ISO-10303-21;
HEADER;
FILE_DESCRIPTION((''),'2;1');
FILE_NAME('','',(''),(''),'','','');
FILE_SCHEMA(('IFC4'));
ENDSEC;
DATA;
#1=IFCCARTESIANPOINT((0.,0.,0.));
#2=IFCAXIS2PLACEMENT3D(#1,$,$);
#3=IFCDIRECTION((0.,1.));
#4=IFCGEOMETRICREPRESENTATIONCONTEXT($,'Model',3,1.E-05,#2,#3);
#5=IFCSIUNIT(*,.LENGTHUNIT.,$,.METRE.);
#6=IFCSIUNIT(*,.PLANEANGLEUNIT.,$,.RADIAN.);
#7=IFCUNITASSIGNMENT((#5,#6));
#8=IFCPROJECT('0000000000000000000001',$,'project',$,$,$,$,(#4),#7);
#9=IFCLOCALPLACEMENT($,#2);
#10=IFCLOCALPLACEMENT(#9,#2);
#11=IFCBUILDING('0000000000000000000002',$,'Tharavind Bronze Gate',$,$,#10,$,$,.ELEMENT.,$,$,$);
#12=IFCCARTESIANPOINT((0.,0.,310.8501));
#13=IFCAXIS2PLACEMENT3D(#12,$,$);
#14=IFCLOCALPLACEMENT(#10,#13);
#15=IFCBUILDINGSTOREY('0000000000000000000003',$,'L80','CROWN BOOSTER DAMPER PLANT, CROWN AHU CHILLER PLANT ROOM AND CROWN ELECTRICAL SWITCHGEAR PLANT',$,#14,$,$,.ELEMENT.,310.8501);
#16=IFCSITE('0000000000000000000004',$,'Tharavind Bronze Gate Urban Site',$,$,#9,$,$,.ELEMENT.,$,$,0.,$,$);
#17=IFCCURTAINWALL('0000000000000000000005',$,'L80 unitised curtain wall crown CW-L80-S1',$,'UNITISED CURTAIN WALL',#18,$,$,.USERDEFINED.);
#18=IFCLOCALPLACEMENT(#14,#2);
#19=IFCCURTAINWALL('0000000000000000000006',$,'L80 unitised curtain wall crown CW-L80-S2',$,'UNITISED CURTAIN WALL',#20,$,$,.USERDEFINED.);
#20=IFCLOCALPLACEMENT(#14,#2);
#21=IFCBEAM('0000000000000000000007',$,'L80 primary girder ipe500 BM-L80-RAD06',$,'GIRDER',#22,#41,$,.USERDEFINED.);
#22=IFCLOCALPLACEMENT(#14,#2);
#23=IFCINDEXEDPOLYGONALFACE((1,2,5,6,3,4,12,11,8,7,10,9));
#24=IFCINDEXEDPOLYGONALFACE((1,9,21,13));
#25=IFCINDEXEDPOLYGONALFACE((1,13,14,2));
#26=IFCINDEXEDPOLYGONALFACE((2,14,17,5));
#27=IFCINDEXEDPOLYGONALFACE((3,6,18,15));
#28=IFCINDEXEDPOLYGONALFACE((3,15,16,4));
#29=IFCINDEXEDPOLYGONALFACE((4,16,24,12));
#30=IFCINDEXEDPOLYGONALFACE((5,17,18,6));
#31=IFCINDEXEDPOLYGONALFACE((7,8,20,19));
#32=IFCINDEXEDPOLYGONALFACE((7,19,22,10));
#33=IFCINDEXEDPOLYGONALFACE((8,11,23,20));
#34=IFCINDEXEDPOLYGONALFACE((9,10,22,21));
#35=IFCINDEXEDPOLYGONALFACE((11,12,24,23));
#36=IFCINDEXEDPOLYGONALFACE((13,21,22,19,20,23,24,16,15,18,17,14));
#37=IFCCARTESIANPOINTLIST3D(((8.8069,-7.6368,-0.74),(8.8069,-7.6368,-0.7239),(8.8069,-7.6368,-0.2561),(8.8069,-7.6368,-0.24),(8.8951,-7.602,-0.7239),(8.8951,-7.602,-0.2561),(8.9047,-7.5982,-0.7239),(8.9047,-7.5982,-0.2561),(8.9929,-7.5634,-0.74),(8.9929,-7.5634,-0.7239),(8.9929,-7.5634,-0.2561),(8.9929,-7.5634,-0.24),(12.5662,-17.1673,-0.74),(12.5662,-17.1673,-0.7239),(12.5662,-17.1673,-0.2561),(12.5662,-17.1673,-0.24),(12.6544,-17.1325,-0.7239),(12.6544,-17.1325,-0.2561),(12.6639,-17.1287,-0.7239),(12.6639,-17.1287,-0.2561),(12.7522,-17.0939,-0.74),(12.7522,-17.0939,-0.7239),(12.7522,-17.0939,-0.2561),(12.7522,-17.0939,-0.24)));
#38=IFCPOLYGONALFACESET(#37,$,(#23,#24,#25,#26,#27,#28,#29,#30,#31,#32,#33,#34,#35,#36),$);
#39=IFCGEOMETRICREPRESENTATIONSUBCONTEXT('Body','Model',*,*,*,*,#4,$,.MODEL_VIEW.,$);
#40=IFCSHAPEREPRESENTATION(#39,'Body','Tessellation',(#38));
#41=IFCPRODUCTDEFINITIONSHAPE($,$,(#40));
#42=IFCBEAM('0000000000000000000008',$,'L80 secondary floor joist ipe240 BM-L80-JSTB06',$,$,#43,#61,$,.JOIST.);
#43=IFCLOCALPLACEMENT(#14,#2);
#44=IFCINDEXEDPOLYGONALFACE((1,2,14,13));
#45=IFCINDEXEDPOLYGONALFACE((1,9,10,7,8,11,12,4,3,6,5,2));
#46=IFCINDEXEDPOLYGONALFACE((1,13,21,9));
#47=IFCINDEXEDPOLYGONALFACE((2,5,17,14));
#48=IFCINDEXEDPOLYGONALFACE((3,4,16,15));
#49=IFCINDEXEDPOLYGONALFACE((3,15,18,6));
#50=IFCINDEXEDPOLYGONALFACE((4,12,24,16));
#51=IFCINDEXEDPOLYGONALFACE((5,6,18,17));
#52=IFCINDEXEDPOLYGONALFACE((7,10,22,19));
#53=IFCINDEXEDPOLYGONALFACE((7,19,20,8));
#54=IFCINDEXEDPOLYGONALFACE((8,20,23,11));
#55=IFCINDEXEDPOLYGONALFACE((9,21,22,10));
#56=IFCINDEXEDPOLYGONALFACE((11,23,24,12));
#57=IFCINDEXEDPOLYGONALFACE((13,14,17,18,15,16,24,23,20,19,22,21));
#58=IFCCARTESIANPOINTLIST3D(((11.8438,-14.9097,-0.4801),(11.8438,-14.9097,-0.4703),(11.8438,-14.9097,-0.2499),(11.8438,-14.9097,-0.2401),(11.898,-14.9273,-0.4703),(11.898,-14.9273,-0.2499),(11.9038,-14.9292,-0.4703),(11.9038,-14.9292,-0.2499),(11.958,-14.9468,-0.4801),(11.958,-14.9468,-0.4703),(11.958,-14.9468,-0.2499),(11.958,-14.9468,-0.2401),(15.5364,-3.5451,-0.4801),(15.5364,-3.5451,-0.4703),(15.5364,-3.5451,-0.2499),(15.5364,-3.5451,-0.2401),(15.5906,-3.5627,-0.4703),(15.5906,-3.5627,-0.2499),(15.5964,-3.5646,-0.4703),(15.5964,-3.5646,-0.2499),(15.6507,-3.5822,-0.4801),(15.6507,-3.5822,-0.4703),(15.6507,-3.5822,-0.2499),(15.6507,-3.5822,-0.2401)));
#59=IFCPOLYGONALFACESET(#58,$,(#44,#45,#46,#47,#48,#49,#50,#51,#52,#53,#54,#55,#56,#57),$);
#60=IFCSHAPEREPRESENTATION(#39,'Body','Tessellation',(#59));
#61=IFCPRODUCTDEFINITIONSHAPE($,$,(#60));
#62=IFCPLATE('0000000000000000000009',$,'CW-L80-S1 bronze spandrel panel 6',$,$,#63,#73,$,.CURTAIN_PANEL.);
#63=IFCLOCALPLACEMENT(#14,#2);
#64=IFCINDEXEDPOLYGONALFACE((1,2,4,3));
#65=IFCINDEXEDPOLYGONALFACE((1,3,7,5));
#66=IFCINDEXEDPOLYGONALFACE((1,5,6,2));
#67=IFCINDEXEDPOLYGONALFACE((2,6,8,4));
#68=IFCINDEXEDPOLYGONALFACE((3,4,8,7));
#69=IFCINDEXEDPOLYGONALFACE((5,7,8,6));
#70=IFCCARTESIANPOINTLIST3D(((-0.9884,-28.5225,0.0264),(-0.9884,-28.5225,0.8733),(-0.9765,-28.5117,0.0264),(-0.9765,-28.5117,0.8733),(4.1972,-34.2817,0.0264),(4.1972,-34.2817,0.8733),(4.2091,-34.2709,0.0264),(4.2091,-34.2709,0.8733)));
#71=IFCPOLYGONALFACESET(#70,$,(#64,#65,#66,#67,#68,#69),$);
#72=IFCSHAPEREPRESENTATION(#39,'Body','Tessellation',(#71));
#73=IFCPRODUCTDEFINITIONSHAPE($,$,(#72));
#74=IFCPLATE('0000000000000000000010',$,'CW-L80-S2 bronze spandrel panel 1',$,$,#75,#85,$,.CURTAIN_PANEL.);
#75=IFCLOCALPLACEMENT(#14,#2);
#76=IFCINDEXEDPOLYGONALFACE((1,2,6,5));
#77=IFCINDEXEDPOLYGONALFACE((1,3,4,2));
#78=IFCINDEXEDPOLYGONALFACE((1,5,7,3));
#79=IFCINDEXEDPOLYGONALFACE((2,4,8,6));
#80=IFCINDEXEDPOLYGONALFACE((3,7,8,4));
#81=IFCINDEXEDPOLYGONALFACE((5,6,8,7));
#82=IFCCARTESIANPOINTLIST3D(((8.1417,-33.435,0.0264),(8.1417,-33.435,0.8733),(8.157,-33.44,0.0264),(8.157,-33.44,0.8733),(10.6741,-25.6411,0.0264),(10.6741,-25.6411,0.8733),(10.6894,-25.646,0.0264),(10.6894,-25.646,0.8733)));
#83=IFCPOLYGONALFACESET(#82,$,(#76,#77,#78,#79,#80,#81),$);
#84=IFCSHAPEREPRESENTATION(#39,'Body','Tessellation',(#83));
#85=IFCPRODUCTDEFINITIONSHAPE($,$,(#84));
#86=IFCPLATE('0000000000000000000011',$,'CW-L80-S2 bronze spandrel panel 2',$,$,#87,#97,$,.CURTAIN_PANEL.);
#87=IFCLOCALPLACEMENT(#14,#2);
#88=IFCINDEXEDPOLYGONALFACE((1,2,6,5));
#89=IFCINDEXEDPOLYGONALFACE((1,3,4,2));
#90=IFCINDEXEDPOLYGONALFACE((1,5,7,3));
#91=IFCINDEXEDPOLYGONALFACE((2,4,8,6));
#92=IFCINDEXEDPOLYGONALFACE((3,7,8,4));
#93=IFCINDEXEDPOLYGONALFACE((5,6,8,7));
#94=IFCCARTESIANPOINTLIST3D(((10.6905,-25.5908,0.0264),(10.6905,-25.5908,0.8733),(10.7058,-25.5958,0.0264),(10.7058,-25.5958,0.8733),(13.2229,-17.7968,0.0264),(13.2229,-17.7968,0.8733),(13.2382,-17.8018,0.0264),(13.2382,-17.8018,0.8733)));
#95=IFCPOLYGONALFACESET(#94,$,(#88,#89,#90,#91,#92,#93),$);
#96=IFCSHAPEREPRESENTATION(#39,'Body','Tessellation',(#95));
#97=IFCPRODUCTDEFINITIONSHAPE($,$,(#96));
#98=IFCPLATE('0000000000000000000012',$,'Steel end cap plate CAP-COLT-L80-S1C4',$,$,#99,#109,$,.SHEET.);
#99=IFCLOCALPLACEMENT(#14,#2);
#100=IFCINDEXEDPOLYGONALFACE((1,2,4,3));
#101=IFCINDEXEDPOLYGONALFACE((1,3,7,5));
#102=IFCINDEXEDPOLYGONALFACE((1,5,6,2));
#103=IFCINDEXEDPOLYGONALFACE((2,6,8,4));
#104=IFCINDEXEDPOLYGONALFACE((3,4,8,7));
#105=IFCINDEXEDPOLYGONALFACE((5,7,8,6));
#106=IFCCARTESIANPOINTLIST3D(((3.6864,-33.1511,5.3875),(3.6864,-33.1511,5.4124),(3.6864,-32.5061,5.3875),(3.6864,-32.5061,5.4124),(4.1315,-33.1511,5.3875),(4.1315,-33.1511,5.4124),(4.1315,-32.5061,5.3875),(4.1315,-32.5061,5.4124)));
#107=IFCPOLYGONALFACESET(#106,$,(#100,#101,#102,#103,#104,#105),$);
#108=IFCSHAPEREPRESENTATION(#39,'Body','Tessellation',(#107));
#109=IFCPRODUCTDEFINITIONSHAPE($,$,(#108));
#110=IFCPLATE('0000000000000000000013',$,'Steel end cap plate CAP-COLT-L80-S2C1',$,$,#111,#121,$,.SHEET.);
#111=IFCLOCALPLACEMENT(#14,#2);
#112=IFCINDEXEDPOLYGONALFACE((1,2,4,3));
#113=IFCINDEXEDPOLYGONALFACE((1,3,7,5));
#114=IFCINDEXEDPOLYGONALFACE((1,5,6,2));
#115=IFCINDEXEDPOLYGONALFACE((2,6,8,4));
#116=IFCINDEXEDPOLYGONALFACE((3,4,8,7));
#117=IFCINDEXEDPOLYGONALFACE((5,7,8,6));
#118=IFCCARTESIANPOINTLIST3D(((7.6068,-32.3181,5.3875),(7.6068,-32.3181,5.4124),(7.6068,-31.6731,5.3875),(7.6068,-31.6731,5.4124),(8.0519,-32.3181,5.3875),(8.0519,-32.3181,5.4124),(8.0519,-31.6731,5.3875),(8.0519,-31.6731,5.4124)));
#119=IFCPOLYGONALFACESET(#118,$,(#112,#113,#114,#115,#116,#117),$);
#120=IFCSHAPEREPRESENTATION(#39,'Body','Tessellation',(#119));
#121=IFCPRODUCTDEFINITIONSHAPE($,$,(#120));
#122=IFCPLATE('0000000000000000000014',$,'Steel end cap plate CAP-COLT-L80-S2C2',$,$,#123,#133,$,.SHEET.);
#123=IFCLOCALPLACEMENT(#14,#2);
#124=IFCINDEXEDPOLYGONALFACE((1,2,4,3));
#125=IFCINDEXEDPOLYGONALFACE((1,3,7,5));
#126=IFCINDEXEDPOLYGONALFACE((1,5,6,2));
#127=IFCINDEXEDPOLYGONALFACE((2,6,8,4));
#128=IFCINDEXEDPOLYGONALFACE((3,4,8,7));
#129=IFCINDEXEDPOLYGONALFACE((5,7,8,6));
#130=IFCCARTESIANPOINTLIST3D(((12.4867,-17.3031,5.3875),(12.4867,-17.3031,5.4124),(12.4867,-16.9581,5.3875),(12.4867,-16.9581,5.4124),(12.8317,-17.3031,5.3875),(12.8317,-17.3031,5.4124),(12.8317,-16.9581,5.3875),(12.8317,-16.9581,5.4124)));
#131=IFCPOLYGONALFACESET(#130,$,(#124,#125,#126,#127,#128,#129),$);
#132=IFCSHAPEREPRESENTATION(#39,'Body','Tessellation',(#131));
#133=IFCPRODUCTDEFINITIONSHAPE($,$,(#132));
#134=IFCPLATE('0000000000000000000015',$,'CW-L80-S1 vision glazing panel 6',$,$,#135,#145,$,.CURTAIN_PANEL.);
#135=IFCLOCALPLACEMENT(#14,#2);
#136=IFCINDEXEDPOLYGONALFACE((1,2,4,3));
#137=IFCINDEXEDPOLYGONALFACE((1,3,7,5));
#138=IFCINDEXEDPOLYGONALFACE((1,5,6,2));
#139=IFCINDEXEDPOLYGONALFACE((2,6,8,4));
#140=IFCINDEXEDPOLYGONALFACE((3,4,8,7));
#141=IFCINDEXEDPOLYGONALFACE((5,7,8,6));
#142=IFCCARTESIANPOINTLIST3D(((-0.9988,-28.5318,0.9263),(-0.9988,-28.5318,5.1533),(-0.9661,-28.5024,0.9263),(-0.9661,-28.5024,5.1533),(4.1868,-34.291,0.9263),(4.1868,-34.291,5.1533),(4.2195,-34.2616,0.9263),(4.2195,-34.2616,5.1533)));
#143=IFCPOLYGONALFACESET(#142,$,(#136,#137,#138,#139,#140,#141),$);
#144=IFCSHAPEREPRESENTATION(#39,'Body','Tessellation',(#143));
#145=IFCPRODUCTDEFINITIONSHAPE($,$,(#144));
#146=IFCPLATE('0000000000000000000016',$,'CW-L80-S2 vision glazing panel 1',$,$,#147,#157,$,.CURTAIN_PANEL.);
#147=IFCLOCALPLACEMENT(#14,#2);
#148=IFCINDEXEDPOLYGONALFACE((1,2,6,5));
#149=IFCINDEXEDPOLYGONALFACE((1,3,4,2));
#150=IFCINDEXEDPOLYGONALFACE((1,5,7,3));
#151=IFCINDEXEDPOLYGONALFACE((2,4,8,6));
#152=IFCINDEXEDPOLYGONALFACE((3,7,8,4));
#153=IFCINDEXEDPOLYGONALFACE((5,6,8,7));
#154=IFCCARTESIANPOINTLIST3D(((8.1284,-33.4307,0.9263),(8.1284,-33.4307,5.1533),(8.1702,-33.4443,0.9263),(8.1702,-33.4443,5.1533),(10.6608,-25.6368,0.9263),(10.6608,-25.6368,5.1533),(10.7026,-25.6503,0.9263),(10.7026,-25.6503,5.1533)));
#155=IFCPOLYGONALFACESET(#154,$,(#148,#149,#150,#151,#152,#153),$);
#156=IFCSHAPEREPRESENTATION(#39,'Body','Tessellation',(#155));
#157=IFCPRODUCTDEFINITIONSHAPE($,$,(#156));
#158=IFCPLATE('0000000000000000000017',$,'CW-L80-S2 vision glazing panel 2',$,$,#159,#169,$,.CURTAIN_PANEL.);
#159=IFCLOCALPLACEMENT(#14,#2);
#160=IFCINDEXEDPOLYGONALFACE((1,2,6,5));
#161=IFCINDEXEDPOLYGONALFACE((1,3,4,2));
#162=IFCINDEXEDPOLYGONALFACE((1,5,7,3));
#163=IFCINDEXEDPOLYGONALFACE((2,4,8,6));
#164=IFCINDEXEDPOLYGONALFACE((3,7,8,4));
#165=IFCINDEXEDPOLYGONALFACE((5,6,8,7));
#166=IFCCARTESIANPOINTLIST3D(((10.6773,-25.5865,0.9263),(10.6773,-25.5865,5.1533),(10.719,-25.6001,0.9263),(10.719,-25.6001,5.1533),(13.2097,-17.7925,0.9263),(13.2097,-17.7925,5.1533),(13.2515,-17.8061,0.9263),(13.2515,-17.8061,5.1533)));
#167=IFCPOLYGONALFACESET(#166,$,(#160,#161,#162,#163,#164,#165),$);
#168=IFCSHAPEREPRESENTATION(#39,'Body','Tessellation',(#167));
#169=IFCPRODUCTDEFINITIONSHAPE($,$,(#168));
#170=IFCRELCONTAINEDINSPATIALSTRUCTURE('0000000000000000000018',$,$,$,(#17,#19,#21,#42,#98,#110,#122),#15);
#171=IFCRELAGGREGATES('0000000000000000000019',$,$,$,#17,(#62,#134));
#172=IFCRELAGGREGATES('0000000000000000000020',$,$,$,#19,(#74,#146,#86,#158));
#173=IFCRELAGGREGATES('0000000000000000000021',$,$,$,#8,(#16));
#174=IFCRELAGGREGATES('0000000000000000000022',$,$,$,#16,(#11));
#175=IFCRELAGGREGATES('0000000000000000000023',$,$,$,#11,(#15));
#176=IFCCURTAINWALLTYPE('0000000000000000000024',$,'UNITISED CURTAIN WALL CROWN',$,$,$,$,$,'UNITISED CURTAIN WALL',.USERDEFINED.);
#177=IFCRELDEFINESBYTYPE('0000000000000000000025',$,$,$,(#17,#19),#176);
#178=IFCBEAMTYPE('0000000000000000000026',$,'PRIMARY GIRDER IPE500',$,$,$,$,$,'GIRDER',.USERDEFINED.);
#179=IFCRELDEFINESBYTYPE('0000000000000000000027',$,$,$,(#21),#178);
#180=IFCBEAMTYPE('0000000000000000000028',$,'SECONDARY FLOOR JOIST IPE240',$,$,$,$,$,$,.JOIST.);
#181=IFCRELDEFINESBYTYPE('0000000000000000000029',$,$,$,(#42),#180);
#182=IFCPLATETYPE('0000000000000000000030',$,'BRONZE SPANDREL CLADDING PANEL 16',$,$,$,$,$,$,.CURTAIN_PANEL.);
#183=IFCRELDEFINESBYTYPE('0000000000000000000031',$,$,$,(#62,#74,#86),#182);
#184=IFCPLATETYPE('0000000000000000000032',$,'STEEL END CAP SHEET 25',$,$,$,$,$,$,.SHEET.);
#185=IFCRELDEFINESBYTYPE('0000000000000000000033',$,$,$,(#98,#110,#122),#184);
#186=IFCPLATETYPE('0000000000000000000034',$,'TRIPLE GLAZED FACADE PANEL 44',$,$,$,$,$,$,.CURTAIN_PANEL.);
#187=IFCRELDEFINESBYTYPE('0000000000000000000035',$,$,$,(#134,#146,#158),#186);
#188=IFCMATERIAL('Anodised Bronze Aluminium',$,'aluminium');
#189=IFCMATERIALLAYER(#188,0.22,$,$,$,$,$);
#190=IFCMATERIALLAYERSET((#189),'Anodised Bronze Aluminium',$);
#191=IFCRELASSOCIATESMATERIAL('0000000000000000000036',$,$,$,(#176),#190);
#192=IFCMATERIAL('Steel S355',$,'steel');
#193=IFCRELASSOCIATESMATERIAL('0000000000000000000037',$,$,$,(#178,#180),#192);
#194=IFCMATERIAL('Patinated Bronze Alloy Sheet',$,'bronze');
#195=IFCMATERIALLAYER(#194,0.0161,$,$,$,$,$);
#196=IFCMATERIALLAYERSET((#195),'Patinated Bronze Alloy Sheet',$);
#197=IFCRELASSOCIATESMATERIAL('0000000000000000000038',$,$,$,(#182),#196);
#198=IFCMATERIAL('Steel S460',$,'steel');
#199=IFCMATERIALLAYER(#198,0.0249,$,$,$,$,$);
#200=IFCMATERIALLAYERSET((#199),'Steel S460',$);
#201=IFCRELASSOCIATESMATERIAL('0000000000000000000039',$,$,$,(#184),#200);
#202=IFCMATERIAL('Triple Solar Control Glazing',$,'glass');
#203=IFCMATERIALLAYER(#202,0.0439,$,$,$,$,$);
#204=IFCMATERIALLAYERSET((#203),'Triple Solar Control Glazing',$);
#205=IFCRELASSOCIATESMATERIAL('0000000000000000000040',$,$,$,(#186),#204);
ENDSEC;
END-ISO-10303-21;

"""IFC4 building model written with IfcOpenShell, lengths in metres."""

from ifc_helpers import new_model, si_unit, direction, frame, origin, origin_2d, place, context, subcontext, project, spatial, rectangle, i_section, extrude, material, layer, layer_set, material_profile, profile_set, type_object, element, aggregate, save


model = new_model("IFC4")

# Units and contexts
model_context = context("Model", 3, precision=1e-05, world=origin(), true_north=direction((0.0, 1.0)))
body_context = subcontext(model_context, "Body", "Model", "MODEL_VIEW")
ifc_project = project(units=[si_unit("LENGTHUNIT", "METRE"), si_unit("PLANEANGLEUNIT", "RADIAN")], contexts=[model_context])

# Site, building, storey
site_placement = place(None, origin())
site = spatial("IfcSite", under=ifc_project, at=site_placement, Name="Tharavind Bronze Gate Urban Site", CompositionType="ELEMENT", RefElevation=0.0)
building_placement = place(site_placement, origin())
building = spatial("IfcBuilding", under=site, at=building_placement, Name="Tharavind Bronze Gate", CompositionType="ELEMENT")
storey_placement = place(building_placement, frame((0.0, 0.0, 310.8501)))
storey = spatial("IfcBuildingStorey", under=building, at=storey_placement, Name="L80", Description="CROWN BOOSTER DAMPER PLANT, CROWN AHU CHILLER PLANT ROOM AND CROWN ELECTRICAL SWITCHGEAR PLANT", CompositionType="ELEMENT", Elevation=310.8501)

# Shared definitions
ifc_material_1 = material(Name="Steel S460", Category="steel")

# Curtain wall
ifc_material_2 = material(Name="Anodised Bronze Aluminium", Category="aluminium")
ifc_layer_1 = layer(ifc_material_2, 0.22)
ifc_layer_set_1 = layer_set([ifc_layer_1], Name="Anodised Bronze Aluminium")
curtain_wall_type = type_object("IfcCurtainWallType", Name="UNITISED CURTAIN WALL CROWN", ElementType="UNITISED CURTAIN WALL", PredefinedType="USERDEFINED", material=ifc_layer_set_1)
curtain_wall_1_placement = place(storey_placement, origin())
curtain_wall_1 = element("IfcCurtainWall", 1, at=curtain_wall_1_placement, inside=storey, type_object=curtain_wall_type, Name="L80 unitised curtain wall crown CW-L80-S1", ObjectType="UNITISED CURTAIN WALL", PredefinedType="USERDEFINED")

# Curtain wall
curtain_wall_2_placement = place(storey_placement, origin())
curtain_wall_2 = element("IfcCurtainWall", 2, at=curtain_wall_2_placement, inside=storey, type_object=curtain_wall_type, Name="L80 unitised curtain wall crown CW-L80-S2", ObjectType="UNITISED CURTAIN WALL", PredefinedType="USERDEFINED")

# Beams
ifc_material_3 = material(Name="Steel S355", Category="steel")
ifc_material_profile_1 = material_profile(ifc_material_3, i_section(OverallWidth=0.2, OverallDepth=0.5, WebThickness=0.0103, FlangeThickness=0.0161, at=origin_2d()), Name="IPE500")
ifc_profile_set_1 = profile_set([ifc_material_profile_1], Name="Steel S355")
beam_type_1 = type_object("IfcBeamType", Name="PRIMARY GIRDER IPE500", ElementType="GIRDER", PredefinedType="USERDEFINED", material=ifc_profile_set_1)
beam_1_placement = place(storey_placement, frame((12.6592, -17.1306, -0.49), z_axis=(-0.366933, 0.930247, 0.0), x_axis=(-0.930247, -0.366933, 0.0)))
element("IfcBeam", 3, at=beam_1_placement, inside=storey, type_object=beam_type_1, Name="L80 primary girder ipe500 BM-L80-RAD06", ObjectType="GIRDER", PredefinedType="USERDEFINED", context=body_context, shape_type="SweptSolid", body=[
    extrude(i_section(OverallWidth=0.2, OverallDepth=0.5, WebThickness=0.0103, FlangeThickness=0.0161, at=origin_2d()), origin(), (0.0, 0.0, 1.0), 10.2451),
])
ifc_material_profile_2 = material_profile(ifc_material_3, i_section(OverallWidth=0.1201, OverallDepth=0.24, WebThickness=0.0061, FlangeThickness=0.0098, at=origin_2d()), Name="IPE240")
ifc_profile_set_2 = profile_set([ifc_material_profile_2], Name="Steel S355")
beam_type_2 = type_object("IfcBeamType", Name="SECONDARY FLOOR JOIST IPE240", PredefinedType="JOIST", material=ifc_profile_set_2)
beam_2_placement = place(storey_placement, frame((11.9009, -14.9282, -0.3601), z_axis=(0.309023, 0.951055, 0.0), x_axis=(-0.951055, 0.309023, 0.0)))
element("IfcBeam", 4, at=beam_2_placement, inside=storey, type_object=beam_type_2, Name="L80 secondary floor joist ipe240 BM-L80-JSTB06", PredefinedType="JOIST", context=body_context, shape_type="SweptSolid", body=[
    extrude(i_section(OverallWidth=0.1201, OverallDepth=0.24, WebThickness=0.0061, FlangeThickness=0.0098, at=origin_2d()), origin(), (0.0, 0.0, 1.0), 11.9495),
])

# Plates
ifc_material_4 = material(Name="Patinated Bronze Alloy Sheet", Category="bronze")
ifc_layer_2 = layer(ifc_material_4, 0.0161)
ifc_layer_set_2 = layer_set([ifc_layer_2], Name="Patinated Bronze Alloy Sheet")
plate_type_1 = type_object("IfcPlateType", Name="BRONZE SPANDREL CLADDING PANEL 16", PredefinedType="CURTAIN_PANEL", material=ifc_layer_set_2)
plate_1_placement = place(storey_placement, frame((1.6104, -31.3967, 0.0264), z_axis=(0.0, 0.0, 1.0), x_axis=(0.669131, -0.743145, 0.0)))
plate_1 = element("IfcPlate", 5, at=plate_1_placement, type_object=plate_type_1, Name="CW-L80-S1 bronze spandrel panel 6", PredefinedType="CURTAIN_PANEL", context=body_context, shape_type="SweptSolid", body=[
    extrude(rectangle(XDim=7.7498, YDim=0.0161, at=origin_2d()), origin(), (0.0, 0.0, 1.0), 0.8469),
])
plate_2_placement = place(storey_placement, frame((9.4155, -29.5405, 0.0264), z_axis=(0.0, 0.0, 1.0), x_axis=(0.309017, 0.951057, 0.0)))
plate_2 = element("IfcPlate", 6, at=plate_2_placement, type_object=plate_type_1, Name="CW-L80-S2 bronze spandrel panel 1", PredefinedType="CURTAIN_PANEL", context=body_context, shape_type="SweptSolid", body=[
    extrude(rectangle(XDim=8.1951, YDim=0.0161, at=origin_2d()), origin(), (0.0, 0.0, 1.0), 0.8469),
])
plate_3_placement = place(storey_placement, frame((11.9644, -21.6963, 0.0264), z_axis=(0.0, 0.0, 1.0), x_axis=(0.309017, 0.951057, 0.0)))
plate_3 = element("IfcPlate", 7, at=plate_3_placement, type_object=plate_type_1, Name="CW-L80-S2 bronze spandrel panel 2", PredefinedType="CURTAIN_PANEL", context=body_context, shape_type="SweptSolid", body=[
    extrude(rectangle(XDim=8.1951, YDim=0.0161, at=origin_2d()), origin(), (0.0, 0.0, 1.0), 0.8469),
])

# Plates
ifc_layer_3 = layer(ifc_material_1, 0.0249)
ifc_layer_set_3 = layer_set([ifc_layer_3], Name="Steel S460")
plate_type_2 = type_object("IfcPlateType", Name="STEEL END CAP SHEET 25", PredefinedType="SHEET", material=ifc_layer_set_3)
for number, where, z_axis, x_axis, name in (
    (8, (3.9089, -32.8286, 5.3875), (0.0, 0.0, 1.0), (1.0, 0.0, 0.0), "Steel end cap plate CAP-COLT-L80-S1C4"),
    (9, (7.8293, -31.9956, 5.3875), (0.0, 0.0, 1.0), (1.0, 0.0, 0.0), "Steel end cap plate CAP-COLT-L80-S2C1"),
):
    element("IfcPlate", number, at=place(storey_placement, frame(where, z_axis=z_axis, x_axis=x_axis)), inside=storey, type_object=plate_type_2, Name=name, PredefinedType="SHEET", context=body_context, shape_type="SweptSolid", body=[
        extrude(rectangle(XDim=0.4451, YDim=0.645, at=origin_2d()), origin(), (0.0, 0.0, 1.0), 0.0249),
    ])
plate_4_placement = place(storey_placement, frame((12.6592, -17.1306, 5.3875), z_axis=(0.0, 0.0, 1.0), x_axis=(1.0, 0.0, 0.0)))
element("IfcPlate", 10, at=plate_4_placement, inside=storey, type_object=plate_type_2, Name="Steel end cap plate CAP-COLT-L80-S2C2", PredefinedType="SHEET", context=body_context, shape_type="SweptSolid", body=[
    extrude(rectangle(XDim=0.345, YDim=0.345, at=origin_2d()), origin(), (0.0, 0.0, 1.0), 0.0249),
])

# Plates
ifc_material_5 = material(Name="Triple Solar Control Glazing", Category="glass")
ifc_layer_4 = layer(ifc_material_5, 0.0439)
ifc_layer_set_4 = layer_set([ifc_layer_4], Name="Triple Solar Control Glazing")
plate_type_3 = type_object("IfcPlateType", Name="TRIPLE GLAZED FACADE PANEL 44", PredefinedType="CURTAIN_PANEL", material=ifc_layer_set_4)
plate_5_placement = place(storey_placement, frame((1.6104, -31.3967, 0.9263), z_axis=(0.0, 0.0, 1.0), x_axis=(0.669131, -0.743145, 0.0)))
plate_5 = element("IfcPlate", 11, at=plate_5_placement, type_object=plate_type_3, Name="CW-L80-S1 vision glazing panel 6", PredefinedType="CURTAIN_PANEL", context=body_context, shape_type="SweptSolid", body=[
    extrude(rectangle(XDim=7.7498, YDim=0.0439, at=origin_2d()), origin(), (0.0, 0.0, 1.0), 4.2271),
])
aggregate(curtain_wall_1, [plate_1, plate_5])
plate_6_placement = place(storey_placement, frame((9.4155, -29.5405, 0.9263), z_axis=(0.0, 0.0, 1.0), x_axis=(0.309017, 0.951057, 0.0)))
plate_6 = element("IfcPlate", 12, at=plate_6_placement, type_object=plate_type_3, Name="CW-L80-S2 vision glazing panel 1", PredefinedType="CURTAIN_PANEL", context=body_context, shape_type="SweptSolid", body=[
    extrude(rectangle(XDim=8.1951, YDim=0.0439, at=origin_2d()), origin(), (0.0, 0.0, 1.0), 4.2271),
])
plate_7_placement = place(storey_placement, frame((11.9644, -21.6963, 0.9263), z_axis=(0.0, 0.0, 1.0), x_axis=(0.309017, 0.951057, 0.0)))
plate_7 = element("IfcPlate", 13, at=plate_7_placement, type_object=plate_type_3, Name="CW-L80-S2 vision glazing panel 2", PredefinedType="CURTAIN_PANEL", context=body_context, shape_type="SweptSolid", body=[
    extrude(rectangle(XDim=8.1951, YDim=0.0439, at=origin_2d()), origin(), (0.0, 0.0, 1.0), 4.2271),
])
aggregate(curtain_wall_2, [plate_2, plate_6, plate_3, plate_7])

save(model, "model.ifc")
